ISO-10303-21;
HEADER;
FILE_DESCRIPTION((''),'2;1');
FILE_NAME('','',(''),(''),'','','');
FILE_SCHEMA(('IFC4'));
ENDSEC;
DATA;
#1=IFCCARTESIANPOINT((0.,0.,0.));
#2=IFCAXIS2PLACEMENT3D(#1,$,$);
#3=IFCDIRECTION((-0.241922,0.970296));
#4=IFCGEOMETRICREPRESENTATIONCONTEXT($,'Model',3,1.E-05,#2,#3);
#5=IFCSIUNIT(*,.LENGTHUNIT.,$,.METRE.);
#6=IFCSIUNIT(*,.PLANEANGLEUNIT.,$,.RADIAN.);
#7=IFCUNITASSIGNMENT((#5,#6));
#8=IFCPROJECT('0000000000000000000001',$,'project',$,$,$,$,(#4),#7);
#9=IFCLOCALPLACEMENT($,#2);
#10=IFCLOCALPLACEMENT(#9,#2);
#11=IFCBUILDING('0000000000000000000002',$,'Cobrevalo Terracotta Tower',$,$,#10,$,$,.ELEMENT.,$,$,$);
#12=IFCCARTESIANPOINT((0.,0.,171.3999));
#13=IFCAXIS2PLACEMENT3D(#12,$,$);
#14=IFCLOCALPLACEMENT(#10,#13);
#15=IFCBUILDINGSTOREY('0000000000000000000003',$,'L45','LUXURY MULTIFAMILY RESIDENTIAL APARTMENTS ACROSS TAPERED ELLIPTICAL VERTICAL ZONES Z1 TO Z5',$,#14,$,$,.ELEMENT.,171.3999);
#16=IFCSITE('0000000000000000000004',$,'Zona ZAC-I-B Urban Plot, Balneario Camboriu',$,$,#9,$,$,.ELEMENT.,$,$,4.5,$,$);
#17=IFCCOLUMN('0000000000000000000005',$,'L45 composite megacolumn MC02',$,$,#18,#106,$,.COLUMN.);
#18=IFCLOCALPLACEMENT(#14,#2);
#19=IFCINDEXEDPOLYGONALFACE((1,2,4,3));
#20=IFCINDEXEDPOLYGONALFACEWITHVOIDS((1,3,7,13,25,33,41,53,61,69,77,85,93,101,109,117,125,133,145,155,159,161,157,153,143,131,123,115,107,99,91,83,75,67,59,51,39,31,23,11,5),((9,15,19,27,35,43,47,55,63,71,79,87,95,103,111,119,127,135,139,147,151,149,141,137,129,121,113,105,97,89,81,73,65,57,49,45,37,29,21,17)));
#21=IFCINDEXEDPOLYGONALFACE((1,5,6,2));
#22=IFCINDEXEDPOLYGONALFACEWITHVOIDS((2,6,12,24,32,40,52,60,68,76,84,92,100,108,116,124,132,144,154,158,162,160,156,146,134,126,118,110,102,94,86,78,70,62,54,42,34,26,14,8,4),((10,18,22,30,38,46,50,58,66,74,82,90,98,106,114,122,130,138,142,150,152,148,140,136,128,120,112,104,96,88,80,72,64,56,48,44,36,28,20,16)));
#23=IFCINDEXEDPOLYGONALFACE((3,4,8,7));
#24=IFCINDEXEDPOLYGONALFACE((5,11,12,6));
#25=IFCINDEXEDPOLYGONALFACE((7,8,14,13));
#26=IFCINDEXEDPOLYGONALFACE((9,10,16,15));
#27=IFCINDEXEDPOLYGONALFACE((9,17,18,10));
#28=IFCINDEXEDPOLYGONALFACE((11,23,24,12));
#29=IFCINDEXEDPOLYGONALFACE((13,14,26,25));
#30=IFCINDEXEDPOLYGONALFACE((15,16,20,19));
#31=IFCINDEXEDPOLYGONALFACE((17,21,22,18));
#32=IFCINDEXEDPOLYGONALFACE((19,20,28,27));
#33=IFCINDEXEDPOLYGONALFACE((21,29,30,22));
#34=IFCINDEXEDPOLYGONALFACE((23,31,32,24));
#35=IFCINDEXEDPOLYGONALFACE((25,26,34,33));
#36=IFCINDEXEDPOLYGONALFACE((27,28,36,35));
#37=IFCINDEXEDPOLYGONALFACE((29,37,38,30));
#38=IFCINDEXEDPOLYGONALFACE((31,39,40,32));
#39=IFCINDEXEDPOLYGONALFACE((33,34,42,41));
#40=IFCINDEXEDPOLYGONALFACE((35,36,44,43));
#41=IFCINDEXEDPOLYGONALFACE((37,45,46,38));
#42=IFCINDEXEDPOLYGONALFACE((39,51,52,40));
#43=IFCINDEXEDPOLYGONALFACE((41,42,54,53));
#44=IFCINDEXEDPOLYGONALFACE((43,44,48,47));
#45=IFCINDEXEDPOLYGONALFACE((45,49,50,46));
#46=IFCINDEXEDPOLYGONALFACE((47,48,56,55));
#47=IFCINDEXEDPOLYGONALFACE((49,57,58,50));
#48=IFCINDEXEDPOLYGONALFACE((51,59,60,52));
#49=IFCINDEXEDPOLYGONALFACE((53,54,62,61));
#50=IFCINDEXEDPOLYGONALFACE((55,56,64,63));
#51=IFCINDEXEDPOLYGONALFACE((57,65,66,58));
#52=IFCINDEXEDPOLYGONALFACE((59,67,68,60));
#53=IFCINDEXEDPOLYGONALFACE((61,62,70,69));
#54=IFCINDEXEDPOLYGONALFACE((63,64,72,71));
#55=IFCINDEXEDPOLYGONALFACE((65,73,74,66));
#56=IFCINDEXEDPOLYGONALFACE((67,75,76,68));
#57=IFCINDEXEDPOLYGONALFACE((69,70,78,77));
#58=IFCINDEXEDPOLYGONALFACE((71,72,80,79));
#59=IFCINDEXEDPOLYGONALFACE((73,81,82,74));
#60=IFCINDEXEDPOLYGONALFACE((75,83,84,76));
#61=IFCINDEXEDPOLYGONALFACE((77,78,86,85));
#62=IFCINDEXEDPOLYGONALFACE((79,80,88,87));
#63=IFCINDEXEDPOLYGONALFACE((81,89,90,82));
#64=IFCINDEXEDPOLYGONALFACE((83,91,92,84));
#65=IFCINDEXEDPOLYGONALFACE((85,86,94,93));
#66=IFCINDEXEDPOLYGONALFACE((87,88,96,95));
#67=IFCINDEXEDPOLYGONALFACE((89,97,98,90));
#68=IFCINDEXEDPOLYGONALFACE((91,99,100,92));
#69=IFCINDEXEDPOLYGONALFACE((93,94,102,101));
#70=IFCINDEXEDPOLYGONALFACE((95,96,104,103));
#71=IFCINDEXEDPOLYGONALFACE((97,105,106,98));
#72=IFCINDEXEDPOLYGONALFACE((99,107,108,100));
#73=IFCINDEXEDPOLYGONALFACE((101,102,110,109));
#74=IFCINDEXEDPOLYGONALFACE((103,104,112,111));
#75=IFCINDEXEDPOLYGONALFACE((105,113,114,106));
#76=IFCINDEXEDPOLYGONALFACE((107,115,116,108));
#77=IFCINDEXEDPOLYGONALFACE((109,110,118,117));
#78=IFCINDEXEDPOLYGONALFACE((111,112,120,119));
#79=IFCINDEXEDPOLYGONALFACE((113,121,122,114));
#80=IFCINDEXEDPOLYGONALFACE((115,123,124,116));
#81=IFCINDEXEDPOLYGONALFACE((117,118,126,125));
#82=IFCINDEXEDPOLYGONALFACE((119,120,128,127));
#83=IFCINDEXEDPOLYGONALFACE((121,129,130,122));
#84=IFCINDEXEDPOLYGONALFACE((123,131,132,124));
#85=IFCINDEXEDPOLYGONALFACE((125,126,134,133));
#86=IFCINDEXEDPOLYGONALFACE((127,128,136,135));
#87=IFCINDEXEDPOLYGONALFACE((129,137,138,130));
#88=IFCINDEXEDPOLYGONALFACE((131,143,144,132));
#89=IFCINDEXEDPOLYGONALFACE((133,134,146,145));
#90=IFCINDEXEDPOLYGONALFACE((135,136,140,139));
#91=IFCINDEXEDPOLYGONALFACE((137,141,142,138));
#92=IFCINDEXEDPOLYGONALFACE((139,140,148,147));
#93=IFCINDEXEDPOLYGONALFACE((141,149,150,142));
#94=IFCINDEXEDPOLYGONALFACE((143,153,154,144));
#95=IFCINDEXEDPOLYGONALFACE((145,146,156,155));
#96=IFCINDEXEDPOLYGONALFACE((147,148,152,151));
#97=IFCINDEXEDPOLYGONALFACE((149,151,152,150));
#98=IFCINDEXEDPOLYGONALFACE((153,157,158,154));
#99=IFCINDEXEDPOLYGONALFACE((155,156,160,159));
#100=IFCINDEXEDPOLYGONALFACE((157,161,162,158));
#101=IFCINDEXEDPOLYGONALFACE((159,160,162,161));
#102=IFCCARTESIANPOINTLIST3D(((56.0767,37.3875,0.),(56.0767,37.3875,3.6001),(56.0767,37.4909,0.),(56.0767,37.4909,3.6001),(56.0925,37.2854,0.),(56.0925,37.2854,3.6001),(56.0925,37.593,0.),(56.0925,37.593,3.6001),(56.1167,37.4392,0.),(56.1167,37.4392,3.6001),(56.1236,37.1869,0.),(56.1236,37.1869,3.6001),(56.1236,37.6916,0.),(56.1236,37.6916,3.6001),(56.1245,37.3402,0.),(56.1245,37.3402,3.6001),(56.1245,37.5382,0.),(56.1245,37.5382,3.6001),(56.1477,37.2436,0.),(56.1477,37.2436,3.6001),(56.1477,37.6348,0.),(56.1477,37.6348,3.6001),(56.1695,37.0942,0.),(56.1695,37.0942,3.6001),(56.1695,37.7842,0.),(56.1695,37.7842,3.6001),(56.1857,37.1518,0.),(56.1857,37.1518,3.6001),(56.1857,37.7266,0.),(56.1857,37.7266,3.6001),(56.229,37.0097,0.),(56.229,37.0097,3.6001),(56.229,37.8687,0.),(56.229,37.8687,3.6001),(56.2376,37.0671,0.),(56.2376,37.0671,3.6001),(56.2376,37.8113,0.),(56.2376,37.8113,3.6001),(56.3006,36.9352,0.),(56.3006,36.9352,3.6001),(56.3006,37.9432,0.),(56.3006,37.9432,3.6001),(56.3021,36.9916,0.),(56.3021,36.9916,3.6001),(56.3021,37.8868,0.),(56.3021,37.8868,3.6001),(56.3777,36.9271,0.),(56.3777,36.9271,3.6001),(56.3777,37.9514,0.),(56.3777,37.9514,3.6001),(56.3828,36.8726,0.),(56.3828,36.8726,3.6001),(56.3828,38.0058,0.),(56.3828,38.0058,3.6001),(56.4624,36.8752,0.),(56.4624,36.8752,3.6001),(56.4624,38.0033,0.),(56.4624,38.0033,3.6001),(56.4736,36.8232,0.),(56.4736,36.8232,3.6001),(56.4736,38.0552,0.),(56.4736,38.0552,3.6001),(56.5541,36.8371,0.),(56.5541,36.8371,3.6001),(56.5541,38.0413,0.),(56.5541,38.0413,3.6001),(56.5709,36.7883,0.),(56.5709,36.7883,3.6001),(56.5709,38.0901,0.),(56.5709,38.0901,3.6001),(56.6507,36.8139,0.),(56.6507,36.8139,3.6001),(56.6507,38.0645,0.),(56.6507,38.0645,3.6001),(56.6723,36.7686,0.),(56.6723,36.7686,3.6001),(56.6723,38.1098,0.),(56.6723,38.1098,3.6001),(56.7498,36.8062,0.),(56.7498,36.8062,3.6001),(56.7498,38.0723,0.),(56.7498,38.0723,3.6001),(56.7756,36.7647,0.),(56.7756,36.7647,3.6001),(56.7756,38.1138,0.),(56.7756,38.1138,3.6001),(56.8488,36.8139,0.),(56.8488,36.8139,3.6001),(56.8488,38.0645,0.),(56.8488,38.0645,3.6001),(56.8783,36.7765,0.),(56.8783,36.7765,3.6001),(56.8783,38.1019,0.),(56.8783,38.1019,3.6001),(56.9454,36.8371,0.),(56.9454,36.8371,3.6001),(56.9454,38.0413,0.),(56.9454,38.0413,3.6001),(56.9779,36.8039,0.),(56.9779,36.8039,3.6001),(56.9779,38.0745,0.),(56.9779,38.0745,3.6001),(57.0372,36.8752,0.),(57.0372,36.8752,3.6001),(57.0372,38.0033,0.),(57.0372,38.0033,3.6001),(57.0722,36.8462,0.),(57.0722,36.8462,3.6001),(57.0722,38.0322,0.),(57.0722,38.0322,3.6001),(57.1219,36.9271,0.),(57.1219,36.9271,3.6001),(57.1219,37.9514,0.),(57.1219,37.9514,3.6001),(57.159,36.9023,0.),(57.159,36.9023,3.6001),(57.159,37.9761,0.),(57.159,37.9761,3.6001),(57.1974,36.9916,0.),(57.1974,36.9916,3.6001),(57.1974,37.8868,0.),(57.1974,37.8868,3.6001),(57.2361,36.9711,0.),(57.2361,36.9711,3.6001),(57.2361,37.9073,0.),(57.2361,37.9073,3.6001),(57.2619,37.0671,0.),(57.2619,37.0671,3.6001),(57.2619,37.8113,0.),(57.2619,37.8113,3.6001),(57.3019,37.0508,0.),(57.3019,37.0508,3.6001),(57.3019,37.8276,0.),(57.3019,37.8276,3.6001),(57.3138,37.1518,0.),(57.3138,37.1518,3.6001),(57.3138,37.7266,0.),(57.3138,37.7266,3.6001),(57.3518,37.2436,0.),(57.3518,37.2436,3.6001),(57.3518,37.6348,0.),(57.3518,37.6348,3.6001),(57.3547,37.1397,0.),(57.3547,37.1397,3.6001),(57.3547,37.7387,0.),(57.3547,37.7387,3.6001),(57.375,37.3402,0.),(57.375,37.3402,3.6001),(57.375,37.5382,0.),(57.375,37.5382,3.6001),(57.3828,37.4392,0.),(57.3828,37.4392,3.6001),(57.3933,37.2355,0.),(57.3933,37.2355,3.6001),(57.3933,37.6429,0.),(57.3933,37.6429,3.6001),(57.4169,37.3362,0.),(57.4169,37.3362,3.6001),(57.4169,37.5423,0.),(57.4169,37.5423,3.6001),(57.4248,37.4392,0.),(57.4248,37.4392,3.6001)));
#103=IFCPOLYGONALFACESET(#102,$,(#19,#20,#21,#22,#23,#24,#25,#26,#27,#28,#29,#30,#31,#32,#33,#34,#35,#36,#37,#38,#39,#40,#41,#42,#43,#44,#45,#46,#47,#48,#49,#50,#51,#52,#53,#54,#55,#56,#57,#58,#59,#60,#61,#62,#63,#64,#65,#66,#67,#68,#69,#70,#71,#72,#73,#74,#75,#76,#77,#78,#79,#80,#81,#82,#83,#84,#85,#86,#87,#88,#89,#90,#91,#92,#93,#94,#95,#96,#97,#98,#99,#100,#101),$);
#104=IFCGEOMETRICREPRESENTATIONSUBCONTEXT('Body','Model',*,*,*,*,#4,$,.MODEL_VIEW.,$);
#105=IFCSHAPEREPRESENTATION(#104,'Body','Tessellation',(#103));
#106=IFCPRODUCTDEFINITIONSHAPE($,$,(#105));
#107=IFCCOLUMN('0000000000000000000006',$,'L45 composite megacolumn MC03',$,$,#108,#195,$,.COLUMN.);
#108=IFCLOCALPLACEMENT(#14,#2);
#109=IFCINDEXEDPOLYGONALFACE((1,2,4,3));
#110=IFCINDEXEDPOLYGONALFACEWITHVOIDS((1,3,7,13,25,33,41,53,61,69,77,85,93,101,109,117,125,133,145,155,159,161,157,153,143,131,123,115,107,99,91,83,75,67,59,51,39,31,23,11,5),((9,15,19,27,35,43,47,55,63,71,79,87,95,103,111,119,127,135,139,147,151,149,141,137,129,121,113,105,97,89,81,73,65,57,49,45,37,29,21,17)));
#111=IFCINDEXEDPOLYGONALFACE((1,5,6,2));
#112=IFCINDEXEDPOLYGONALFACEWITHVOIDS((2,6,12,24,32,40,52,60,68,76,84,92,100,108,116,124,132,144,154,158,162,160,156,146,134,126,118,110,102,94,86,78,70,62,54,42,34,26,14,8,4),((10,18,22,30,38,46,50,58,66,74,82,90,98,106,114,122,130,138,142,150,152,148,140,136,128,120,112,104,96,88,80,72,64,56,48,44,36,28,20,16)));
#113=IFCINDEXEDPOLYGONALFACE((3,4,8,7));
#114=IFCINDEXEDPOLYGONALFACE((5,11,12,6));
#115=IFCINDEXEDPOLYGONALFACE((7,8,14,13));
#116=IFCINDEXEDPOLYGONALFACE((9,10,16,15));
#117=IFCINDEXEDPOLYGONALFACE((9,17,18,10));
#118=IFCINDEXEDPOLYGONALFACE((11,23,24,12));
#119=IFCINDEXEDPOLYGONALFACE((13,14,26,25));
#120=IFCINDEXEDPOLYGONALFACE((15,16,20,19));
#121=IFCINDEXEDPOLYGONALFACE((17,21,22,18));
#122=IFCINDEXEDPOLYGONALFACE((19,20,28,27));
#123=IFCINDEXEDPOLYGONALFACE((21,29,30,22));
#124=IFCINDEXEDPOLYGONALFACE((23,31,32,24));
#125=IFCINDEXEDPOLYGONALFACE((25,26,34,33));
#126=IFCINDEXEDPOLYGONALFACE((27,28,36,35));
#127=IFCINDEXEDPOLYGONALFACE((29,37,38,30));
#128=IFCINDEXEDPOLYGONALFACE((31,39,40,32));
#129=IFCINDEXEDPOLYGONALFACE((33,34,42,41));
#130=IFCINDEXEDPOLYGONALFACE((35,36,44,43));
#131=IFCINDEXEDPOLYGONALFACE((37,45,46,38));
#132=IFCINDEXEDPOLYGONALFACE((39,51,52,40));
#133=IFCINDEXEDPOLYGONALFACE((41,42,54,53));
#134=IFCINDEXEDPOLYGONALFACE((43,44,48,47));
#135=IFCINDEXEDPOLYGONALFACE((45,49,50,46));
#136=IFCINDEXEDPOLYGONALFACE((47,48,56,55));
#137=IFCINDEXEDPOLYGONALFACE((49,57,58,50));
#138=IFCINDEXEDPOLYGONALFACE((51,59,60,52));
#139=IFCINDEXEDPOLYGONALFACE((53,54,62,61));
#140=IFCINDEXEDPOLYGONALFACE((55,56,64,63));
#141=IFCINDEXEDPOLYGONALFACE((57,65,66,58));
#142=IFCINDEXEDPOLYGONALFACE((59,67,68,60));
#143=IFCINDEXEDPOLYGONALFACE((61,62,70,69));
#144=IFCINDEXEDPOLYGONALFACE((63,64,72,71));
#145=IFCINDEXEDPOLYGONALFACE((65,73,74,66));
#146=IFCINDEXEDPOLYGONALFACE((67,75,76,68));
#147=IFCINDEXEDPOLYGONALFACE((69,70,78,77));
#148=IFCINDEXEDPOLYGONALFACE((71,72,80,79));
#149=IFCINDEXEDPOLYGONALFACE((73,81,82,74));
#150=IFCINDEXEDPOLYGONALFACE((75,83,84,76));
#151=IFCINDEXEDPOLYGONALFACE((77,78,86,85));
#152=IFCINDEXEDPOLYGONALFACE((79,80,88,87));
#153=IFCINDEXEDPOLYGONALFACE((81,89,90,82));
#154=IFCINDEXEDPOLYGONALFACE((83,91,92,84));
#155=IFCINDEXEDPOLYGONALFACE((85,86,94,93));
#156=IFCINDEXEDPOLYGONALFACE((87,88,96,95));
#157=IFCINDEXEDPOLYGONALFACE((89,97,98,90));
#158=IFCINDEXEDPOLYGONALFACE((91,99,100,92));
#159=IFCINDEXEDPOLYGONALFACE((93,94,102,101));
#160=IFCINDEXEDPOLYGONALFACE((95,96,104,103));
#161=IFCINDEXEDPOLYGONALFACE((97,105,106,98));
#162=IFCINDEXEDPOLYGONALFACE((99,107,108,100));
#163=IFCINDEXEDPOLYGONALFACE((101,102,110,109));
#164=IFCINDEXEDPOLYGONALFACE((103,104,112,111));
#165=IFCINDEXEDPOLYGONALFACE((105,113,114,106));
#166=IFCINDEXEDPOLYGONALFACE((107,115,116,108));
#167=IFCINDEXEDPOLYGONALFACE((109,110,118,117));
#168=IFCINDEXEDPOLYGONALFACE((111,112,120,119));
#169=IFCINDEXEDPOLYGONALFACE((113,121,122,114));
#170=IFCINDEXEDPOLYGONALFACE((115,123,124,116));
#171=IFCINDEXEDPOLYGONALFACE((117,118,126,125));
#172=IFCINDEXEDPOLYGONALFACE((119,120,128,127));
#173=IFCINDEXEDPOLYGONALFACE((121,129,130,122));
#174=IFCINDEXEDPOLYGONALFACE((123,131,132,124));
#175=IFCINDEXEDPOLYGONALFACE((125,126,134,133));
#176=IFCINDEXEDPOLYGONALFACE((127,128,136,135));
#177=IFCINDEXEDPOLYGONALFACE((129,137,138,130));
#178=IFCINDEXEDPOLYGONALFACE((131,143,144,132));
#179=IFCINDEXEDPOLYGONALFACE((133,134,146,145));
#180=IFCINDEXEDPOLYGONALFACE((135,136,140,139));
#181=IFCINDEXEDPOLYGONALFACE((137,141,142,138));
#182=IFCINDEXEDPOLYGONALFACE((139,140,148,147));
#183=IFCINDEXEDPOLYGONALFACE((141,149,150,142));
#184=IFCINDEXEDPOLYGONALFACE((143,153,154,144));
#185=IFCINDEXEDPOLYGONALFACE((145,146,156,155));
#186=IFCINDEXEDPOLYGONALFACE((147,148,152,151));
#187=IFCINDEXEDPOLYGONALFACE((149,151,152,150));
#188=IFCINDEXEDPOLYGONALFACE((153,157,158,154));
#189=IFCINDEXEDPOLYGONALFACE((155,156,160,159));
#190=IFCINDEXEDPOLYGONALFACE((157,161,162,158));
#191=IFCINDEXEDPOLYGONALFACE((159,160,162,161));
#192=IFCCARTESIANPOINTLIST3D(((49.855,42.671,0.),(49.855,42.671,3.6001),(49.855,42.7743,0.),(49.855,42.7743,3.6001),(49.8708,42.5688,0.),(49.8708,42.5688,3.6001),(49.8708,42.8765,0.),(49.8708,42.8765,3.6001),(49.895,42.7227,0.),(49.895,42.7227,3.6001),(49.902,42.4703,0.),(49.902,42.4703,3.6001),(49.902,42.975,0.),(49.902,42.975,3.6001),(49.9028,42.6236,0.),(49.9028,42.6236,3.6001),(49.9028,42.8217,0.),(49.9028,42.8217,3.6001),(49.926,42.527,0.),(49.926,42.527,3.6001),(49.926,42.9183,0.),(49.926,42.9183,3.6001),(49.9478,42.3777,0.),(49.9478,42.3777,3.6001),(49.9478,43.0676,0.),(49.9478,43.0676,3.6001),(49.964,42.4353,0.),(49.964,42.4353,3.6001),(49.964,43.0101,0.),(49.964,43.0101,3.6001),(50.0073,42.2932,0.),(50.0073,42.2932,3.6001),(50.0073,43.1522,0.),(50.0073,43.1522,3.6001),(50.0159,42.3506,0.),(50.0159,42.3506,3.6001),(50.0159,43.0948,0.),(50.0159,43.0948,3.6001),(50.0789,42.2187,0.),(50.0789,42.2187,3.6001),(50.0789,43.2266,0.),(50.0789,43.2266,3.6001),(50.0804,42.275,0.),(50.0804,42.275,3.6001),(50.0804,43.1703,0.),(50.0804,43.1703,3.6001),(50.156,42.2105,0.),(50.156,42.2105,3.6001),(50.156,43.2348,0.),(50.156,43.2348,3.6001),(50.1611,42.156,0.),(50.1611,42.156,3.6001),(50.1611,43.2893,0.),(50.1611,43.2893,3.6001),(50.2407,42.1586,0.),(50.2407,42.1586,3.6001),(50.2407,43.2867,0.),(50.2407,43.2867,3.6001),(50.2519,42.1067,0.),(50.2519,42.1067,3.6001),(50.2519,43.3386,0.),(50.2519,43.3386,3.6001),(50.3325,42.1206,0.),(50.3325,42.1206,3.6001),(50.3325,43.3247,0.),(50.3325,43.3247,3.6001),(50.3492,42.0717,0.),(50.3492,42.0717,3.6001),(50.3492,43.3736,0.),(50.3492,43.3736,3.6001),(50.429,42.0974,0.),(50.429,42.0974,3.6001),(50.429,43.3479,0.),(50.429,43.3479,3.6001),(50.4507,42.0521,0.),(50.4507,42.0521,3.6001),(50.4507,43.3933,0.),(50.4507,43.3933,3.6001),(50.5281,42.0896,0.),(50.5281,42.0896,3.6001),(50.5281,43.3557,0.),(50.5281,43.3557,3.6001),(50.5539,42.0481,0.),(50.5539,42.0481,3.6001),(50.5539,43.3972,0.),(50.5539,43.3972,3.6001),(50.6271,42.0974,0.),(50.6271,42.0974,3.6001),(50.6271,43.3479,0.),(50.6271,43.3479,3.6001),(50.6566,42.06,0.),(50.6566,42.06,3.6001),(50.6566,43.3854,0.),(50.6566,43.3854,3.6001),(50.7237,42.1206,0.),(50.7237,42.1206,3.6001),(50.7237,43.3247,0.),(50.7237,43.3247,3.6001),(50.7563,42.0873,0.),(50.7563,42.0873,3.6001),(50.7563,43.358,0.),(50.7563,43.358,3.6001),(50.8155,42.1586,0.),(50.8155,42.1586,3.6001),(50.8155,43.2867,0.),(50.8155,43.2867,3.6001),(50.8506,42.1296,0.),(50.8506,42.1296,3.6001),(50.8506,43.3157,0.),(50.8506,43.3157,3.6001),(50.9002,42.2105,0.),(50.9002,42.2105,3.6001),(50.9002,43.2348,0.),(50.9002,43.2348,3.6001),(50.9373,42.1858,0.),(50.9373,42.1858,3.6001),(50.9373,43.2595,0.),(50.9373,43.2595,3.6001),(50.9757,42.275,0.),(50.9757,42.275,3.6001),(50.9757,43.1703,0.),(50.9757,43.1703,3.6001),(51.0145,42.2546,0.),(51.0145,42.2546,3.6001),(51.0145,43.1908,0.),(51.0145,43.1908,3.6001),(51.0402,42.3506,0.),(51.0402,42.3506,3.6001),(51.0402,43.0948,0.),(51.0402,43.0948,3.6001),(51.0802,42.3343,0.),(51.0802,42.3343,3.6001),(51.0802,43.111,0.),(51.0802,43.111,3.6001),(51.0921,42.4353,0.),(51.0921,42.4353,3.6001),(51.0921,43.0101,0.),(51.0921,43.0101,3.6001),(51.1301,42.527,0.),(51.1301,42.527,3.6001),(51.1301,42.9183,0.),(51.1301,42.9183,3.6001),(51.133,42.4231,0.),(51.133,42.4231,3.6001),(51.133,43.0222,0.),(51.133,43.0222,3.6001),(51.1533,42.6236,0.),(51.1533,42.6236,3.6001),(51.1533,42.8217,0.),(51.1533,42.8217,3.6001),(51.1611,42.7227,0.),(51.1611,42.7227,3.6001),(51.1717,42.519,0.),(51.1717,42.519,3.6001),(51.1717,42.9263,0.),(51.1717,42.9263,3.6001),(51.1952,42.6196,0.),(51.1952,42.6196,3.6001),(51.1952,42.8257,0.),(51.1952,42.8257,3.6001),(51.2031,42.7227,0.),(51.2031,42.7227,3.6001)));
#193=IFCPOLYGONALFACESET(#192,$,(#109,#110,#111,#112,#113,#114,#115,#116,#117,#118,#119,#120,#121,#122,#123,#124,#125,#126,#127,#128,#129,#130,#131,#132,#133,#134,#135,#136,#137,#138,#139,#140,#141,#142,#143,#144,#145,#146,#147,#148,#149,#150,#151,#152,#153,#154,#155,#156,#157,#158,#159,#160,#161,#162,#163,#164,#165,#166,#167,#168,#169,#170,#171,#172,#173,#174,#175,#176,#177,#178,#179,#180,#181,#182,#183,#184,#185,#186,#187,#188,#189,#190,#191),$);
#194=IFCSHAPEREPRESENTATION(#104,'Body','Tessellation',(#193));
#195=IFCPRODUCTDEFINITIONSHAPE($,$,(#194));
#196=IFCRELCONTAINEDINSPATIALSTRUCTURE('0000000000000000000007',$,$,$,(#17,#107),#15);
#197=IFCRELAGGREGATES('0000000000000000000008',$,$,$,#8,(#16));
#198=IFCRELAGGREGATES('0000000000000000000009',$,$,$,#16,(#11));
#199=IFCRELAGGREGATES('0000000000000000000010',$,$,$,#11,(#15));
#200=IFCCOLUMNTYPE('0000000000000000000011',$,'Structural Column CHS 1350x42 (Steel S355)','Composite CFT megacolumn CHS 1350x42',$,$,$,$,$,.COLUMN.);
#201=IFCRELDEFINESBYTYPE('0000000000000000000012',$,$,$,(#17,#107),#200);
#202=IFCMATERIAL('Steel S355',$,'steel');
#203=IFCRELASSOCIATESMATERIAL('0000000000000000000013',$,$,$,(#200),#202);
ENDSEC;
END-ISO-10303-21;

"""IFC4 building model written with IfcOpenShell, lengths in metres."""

from ifc_helpers import new_model, si_unit, direction, frame, origin, origin_2d, place, context, subcontext, project, spatial, hollow_circle, extrude, material, material_profile, profile_set, type_object, element, save


model = new_model("IFC4")

# Units and contexts
model_context = context("Model", 3, precision=1e-05, world=origin(), true_north=direction((-0.241922, 0.970296)))
body_context = subcontext(model_context, "Body", "Model", "MODEL_VIEW")
ifc_project = project(units=[si_unit("LENGTHUNIT", "METRE"), si_unit("PLANEANGLEUNIT", "RADIAN")], contexts=[model_context])

# Site, building, storey
site_placement = place(None, origin())
site = spatial("IfcSite", under=ifc_project, at=site_placement, Name="Zona ZAC-I-B Urban Plot, Balneario Camboriu", CompositionType="ELEMENT", RefElevation=4.5)
building_placement = place(site_placement, origin())
building = spatial("IfcBuilding", under=site, at=building_placement, Name="Cobrevalo Terracotta Tower", CompositionType="ELEMENT")
storey_placement = place(building_placement, frame((0.0, 0.0, 171.3999)))
storey = spatial("IfcBuildingStorey", under=building, at=storey_placement, Name="L45", Description="LUXURY MULTIFAMILY RESIDENTIAL APARTMENTS ACROSS TAPERED ELLIPTICAL VERTICAL ZONES Z1 TO Z5", CompositionType="ELEMENT", Elevation=171.3999)

# Columns
ifc_material_1 = material(Name="Steel S355", Category="steel")
ifc_material_profile_1 = material_profile(ifc_material_1, hollow_circle(Radius=0.675, WallThickness=0.042, at=origin_2d()), Name="CHS 1350x42")
ifc_profile_set_1 = profile_set([ifc_material_profile_1], Name="Steel S355")
column_type = type_object("IfcColumnType", Name="Structural Column CHS 1350x42 (Steel S355)", Description="Composite CFT megacolumn CHS 1350x42", PredefinedType="COLUMN", material=ifc_profile_set_1)
for number, where, z_axis, x_axis, name in (
    (1, (56.7498, 37.4392, 0.0), (0.0, 0.0, 1.0), (1.0, 0.0, 0.0), "L45 composite megacolumn MC02"),
    (2, (50.5281, 42.7227, 0.0), (0.0, 0.0, 1.0), (1.0, 0.0, 0.0), "L45 composite megacolumn MC03"),
):
    element("IfcColumn", number, at=place(storey_placement, frame(where, z_axis=z_axis, x_axis=x_axis)), inside=storey, type_object=column_type, Name=name, PredefinedType="COLUMN", context=body_context, shape_type="SweptSolid", body=[
        extrude(hollow_circle(Radius=0.675, WallThickness=0.042, at=origin_2d()), origin(), (0.0, 0.0, 1.0), 3.6001),
    ])

save(model, "model.ifc")
